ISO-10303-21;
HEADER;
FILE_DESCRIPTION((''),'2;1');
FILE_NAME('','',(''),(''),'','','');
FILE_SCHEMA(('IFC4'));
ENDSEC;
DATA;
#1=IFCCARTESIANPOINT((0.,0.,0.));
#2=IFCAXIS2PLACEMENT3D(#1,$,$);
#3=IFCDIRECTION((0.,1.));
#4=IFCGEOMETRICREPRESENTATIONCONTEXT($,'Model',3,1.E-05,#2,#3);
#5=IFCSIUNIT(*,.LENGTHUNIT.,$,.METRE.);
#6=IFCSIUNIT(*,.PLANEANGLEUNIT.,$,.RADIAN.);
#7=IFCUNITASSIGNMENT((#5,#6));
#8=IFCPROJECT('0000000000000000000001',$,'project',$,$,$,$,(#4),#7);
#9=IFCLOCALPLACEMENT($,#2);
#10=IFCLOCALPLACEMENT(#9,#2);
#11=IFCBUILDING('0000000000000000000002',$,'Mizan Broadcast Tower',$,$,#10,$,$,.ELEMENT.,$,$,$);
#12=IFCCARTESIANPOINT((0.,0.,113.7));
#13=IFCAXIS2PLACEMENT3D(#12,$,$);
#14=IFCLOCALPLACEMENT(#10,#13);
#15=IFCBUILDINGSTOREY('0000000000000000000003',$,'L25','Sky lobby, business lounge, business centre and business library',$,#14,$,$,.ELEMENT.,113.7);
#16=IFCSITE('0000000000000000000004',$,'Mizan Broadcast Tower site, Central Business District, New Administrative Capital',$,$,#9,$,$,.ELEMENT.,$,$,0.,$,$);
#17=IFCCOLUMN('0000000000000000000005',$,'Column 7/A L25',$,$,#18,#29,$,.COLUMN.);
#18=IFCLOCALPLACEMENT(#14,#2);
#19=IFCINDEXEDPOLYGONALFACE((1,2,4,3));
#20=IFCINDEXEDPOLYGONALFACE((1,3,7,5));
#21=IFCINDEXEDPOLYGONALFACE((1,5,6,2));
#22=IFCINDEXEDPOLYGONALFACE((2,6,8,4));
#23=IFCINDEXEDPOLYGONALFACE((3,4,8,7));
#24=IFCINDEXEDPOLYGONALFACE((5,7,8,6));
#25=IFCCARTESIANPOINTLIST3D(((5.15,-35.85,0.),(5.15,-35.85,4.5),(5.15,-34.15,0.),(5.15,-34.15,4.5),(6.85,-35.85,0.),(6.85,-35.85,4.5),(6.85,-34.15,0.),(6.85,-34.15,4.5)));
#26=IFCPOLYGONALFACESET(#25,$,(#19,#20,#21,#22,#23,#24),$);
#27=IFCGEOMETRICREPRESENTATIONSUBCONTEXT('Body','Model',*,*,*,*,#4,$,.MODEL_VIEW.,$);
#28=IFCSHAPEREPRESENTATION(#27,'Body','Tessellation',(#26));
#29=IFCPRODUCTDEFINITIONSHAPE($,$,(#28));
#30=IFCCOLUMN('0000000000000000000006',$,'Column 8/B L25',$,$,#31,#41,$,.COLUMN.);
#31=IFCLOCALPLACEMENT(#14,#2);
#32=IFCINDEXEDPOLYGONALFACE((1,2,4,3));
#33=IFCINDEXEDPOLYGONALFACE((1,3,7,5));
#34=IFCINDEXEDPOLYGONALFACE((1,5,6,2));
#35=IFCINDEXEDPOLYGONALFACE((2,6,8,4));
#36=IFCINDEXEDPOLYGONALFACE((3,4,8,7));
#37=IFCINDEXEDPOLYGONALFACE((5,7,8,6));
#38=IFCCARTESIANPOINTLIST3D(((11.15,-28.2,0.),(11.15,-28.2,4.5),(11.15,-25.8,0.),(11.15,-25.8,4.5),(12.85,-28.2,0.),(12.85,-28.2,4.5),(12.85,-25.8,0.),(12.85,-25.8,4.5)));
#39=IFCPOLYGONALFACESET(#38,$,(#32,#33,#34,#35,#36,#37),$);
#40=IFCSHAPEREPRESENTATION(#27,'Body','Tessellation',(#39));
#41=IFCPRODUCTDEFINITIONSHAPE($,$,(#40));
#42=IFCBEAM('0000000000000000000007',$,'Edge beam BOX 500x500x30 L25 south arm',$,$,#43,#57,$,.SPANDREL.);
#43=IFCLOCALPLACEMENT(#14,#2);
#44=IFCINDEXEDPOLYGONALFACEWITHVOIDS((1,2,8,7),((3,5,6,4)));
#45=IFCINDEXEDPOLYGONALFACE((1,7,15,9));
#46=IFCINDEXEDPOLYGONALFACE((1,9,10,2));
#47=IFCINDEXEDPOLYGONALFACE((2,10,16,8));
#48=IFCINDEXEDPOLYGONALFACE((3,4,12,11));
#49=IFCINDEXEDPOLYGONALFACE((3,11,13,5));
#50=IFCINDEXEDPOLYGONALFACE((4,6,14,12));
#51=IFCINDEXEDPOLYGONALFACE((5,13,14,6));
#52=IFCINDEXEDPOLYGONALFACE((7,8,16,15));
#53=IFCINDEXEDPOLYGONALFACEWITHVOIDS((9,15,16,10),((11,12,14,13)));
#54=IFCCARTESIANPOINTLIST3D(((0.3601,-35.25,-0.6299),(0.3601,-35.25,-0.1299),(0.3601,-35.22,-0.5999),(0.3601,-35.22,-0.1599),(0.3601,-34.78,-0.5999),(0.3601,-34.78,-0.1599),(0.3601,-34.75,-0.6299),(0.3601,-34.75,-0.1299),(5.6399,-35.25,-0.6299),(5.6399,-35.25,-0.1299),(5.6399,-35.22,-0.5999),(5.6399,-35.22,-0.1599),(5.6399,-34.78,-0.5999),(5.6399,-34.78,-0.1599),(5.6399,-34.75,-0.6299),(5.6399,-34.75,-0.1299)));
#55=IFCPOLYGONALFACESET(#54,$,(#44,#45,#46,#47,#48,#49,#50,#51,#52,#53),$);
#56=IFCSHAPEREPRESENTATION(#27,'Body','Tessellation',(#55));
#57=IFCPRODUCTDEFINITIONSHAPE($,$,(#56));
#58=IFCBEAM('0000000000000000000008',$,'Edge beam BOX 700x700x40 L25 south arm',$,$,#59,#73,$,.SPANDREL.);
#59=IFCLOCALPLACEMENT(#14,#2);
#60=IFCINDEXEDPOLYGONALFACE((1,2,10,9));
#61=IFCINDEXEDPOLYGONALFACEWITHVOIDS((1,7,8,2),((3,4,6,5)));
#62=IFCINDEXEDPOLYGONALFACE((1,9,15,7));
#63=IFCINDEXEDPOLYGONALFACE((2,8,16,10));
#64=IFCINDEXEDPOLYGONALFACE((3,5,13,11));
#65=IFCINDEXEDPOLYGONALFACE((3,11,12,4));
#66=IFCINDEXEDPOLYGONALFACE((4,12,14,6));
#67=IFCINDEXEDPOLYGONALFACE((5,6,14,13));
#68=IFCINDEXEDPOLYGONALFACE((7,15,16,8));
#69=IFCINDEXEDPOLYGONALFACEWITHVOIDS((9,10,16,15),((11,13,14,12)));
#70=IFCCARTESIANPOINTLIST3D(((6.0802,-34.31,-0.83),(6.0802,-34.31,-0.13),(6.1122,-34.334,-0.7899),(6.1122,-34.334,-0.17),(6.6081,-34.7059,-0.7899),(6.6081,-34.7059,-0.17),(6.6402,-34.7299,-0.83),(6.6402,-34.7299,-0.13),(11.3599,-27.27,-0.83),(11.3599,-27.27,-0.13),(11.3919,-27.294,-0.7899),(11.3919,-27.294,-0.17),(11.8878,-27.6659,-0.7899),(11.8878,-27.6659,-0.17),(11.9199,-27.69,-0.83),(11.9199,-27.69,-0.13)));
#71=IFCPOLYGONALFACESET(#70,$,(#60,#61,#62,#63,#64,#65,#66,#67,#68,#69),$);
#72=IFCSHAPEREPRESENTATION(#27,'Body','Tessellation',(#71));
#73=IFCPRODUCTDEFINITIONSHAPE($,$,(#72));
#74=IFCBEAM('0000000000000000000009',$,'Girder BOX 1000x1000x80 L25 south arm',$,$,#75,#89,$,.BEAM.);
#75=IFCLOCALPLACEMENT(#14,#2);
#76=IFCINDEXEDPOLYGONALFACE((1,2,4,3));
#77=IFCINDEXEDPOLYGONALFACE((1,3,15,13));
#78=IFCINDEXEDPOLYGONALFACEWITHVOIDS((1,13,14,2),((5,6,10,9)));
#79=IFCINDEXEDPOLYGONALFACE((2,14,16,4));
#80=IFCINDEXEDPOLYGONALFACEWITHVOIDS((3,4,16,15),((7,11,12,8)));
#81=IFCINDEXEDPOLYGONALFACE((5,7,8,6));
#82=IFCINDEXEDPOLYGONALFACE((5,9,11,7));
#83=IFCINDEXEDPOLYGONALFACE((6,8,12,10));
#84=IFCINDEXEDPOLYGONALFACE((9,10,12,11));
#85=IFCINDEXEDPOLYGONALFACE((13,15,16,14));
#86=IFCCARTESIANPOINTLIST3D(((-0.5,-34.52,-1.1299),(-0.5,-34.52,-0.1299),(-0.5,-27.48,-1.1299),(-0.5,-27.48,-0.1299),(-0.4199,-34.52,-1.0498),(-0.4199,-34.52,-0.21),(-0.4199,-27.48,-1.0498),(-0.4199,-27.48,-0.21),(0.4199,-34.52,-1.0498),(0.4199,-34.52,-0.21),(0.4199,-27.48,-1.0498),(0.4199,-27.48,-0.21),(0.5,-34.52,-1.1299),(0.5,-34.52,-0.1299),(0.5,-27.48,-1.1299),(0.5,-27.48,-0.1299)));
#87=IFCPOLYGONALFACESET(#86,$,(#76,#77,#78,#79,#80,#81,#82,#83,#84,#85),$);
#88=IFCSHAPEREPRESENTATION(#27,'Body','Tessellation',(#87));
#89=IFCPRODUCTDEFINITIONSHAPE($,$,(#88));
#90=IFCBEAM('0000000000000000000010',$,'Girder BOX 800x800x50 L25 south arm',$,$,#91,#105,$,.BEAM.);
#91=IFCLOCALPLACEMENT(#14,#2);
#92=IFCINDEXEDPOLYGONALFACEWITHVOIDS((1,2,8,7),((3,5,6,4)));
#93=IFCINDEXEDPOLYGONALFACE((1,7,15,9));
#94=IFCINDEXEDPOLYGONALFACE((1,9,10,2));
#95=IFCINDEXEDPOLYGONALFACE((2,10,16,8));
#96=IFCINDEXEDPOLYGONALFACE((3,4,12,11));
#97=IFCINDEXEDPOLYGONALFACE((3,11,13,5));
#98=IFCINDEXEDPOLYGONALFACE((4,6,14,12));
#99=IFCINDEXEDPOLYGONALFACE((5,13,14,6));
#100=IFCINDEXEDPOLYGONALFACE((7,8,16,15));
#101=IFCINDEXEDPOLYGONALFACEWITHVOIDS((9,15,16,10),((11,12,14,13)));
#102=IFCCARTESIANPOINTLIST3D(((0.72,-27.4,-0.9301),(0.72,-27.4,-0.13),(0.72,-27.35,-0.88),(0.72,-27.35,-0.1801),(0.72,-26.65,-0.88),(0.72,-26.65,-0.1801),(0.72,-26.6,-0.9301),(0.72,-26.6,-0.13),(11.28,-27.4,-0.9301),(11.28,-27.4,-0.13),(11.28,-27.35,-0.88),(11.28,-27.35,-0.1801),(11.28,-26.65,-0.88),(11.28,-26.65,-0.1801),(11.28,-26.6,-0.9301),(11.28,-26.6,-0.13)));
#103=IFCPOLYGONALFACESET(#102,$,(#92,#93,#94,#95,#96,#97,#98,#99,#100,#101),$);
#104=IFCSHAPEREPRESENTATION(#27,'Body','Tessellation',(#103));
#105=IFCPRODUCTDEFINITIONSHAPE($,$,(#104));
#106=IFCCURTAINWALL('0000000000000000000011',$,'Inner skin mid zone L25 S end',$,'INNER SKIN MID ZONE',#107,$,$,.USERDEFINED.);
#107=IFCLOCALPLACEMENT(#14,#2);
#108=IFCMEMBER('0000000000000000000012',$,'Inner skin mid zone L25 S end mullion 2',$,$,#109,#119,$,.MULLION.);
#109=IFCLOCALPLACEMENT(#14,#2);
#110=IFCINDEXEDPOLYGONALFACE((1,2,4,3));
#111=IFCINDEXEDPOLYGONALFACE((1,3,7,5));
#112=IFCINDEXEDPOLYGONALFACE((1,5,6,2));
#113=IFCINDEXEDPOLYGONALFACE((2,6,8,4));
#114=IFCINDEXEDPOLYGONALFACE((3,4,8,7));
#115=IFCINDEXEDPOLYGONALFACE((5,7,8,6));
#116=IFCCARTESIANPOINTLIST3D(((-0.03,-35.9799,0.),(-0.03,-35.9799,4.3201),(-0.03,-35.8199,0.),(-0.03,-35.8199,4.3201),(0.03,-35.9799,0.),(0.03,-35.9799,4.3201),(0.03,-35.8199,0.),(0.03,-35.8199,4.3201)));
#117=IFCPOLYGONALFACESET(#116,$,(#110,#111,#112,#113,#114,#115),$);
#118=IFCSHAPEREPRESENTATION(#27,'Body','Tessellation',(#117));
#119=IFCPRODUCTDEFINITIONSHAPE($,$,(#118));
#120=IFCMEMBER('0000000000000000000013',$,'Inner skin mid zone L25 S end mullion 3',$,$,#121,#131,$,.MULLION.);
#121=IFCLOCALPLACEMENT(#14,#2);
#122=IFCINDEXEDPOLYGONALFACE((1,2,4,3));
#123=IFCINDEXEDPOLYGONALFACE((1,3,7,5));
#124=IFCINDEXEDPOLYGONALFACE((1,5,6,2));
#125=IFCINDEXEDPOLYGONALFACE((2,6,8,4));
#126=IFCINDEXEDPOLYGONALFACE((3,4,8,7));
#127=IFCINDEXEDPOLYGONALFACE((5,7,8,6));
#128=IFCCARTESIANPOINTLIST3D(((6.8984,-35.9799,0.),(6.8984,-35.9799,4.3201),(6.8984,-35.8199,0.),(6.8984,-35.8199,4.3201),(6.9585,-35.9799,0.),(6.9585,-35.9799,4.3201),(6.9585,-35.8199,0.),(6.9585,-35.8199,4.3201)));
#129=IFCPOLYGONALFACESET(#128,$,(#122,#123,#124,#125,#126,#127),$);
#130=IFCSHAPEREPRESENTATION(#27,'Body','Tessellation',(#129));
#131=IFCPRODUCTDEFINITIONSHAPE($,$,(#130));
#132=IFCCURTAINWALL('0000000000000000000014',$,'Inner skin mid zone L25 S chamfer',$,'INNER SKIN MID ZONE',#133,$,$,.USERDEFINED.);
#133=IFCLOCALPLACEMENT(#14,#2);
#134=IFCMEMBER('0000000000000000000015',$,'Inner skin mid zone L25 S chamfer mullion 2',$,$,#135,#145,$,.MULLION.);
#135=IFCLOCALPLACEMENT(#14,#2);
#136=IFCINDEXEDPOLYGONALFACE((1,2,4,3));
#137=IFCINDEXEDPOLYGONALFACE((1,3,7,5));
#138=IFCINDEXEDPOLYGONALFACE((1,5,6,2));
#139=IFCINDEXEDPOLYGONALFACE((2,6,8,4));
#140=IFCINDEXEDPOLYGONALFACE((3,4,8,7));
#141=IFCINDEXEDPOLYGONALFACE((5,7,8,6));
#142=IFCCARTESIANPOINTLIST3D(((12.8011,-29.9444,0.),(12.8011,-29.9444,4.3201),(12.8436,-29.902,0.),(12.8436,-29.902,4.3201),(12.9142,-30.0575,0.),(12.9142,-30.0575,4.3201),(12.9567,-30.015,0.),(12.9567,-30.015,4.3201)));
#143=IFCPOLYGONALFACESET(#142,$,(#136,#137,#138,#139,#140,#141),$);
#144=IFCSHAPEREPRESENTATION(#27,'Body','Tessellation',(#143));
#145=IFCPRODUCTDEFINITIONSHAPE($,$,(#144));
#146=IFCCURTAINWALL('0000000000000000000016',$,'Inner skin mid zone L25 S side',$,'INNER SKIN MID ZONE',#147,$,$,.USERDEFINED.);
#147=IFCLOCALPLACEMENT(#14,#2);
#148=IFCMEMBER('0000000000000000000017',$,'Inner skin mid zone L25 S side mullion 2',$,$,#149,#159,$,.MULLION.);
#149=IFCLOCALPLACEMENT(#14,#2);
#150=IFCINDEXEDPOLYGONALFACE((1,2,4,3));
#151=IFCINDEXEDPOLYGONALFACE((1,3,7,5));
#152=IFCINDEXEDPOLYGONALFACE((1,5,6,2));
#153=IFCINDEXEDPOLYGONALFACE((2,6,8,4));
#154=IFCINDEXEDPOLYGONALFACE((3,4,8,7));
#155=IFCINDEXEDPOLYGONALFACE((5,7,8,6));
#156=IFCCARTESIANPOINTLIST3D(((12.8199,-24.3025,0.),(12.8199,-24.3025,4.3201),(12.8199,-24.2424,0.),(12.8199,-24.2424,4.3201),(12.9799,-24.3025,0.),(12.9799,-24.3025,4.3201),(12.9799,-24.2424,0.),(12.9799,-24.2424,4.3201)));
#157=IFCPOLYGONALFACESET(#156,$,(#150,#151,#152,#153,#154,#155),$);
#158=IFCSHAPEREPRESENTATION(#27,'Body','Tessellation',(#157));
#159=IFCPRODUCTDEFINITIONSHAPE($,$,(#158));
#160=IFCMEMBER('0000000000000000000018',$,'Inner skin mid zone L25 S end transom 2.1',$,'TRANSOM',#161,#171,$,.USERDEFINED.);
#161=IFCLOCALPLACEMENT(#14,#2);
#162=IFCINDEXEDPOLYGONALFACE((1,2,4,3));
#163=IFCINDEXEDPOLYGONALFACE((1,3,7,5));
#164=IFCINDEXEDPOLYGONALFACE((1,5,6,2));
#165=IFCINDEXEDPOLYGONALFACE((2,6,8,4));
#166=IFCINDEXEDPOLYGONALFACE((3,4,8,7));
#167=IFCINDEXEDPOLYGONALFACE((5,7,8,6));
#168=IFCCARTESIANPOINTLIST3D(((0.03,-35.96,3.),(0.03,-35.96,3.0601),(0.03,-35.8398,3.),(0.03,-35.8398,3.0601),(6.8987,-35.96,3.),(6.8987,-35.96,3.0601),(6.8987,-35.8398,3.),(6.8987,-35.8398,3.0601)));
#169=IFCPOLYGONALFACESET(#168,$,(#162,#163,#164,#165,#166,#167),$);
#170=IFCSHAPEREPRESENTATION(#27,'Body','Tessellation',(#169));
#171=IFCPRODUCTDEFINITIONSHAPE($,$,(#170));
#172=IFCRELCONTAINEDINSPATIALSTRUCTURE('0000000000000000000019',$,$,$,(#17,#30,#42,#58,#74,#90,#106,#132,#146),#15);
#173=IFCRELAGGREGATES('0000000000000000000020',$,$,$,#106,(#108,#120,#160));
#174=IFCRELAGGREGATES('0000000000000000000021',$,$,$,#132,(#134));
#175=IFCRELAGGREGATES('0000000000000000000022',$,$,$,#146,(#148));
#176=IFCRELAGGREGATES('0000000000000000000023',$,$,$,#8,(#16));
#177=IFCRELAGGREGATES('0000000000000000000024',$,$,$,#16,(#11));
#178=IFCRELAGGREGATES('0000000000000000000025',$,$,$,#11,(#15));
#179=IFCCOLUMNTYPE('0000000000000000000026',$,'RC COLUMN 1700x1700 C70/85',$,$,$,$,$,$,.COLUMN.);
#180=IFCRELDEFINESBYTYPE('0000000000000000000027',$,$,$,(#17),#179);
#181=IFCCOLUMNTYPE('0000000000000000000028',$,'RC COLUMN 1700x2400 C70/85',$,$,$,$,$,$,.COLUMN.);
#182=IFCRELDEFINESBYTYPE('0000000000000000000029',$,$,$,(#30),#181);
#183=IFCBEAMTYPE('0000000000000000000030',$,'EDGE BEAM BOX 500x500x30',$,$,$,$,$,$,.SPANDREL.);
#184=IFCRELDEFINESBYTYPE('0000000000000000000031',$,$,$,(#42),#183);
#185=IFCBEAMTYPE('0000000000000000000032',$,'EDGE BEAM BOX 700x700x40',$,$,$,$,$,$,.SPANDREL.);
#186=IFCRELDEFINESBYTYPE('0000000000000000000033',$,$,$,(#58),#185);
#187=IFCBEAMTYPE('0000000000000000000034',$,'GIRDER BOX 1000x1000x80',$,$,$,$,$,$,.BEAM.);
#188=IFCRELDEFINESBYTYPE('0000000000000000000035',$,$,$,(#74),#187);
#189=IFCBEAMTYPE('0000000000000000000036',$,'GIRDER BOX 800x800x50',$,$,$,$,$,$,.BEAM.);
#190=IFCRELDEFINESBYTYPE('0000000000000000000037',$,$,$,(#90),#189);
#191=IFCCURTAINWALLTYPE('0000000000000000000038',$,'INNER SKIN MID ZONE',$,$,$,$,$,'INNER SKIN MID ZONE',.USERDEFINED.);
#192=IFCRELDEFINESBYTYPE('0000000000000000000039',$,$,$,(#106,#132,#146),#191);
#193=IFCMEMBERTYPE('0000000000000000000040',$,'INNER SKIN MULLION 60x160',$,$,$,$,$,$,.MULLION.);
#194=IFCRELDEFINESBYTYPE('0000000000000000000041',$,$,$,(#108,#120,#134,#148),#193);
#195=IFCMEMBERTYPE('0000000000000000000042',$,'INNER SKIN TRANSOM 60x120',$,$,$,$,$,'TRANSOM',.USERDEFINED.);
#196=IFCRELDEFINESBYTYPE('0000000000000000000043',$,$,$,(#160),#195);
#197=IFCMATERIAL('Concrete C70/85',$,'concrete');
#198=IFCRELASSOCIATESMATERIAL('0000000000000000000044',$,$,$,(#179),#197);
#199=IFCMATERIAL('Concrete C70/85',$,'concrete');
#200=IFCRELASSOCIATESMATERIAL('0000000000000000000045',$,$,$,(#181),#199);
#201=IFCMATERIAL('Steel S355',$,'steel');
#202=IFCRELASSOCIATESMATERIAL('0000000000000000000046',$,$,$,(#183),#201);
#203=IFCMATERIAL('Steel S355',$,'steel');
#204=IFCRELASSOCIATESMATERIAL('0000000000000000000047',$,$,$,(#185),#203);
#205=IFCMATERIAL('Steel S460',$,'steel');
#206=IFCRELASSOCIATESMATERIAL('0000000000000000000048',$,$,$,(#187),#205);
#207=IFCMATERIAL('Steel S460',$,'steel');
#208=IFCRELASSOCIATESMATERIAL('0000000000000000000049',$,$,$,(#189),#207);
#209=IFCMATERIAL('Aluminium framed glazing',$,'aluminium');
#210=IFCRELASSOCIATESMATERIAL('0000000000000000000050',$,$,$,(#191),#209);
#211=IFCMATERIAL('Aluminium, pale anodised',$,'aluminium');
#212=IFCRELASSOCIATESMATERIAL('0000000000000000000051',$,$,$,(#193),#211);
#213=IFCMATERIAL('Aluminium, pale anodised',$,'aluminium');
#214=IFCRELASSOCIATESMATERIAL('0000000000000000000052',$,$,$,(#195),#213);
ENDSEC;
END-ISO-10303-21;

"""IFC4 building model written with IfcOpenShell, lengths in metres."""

from ifc_helpers import new_model, si_unit, direction, frame, origin, origin_2d, place, context, subcontext, project, spatial, rectangle, hollow_rectangle, extrude, material, material_profile, profile_set, type_object, element, aggregate, save


model = new_model("IFC4")

# Units and contexts
model_context = context("Model", 3, precision=1e-05, world=origin(), true_north=direction((0.0, 1.0)))
body_context = subcontext(model_context, "Body", "Model", "MODEL_VIEW")
ifc_project = project(units=[si_unit("LENGTHUNIT", "METRE"), si_unit("PLANEANGLEUNIT", "RADIAN")], contexts=[model_context])

# Site, building, storey
site_placement = place(None, origin())
site = spatial("IfcSite", under=ifc_project, at=site_placement, Name="Mizan Broadcast Tower site, Central Business District, New Administrative Capital", CompositionType="ELEMENT", RefElevation=0.0)
building_placement = place(site_placement, origin())
building = spatial("IfcBuilding", under=site, at=building_placement, Name="Mizan Broadcast Tower", CompositionType="ELEMENT")
storey_placement = place(building_placement, frame((0.0, 0.0, 113.7)))
storey = spatial("IfcBuildingStorey", under=building, at=storey_placement, Name="L25", Description="Sky lobby, business lounge, business centre and business library", CompositionType="ELEMENT", Elevation=113.7)

# Columns
ifc_material_1 = material(Name="Concrete C70/85", Category="concrete")
ifc_material_profile_1 = material_profile(ifc_material_1, rectangle(XDim=1.7, YDim=1.7, at=origin_2d()), Name="RC 1700x1700")
ifc_profile_set_1 = profile_set([ifc_material_profile_1], Name="Concrete C70/85")
column_type_1 = type_object("IfcColumnType", Name="RC COLUMN 1700x1700 C70/85", PredefinedType="COLUMN", material=ifc_profile_set_1)
column_1_placement = place(storey_placement, frame((6.0, -35.0, 0.0), z_axis=(0.0, 0.0, 1.0), x_axis=(1.0, 0.0, 0.0)))
element("IfcColumn", 1, at=column_1_placement, inside=storey, type_object=column_type_1, Name="Column 7/A L25", PredefinedType="COLUMN", context=body_context, shape_type="SweptSolid", body=[
    extrude(rectangle(XDim=1.7, YDim=1.7, at=origin_2d()), origin(), (0.0, 0.0, 1.0), 4.5),
])
ifc_material_2 = material(Name="Concrete C70/85", Category="concrete")
ifc_material_profile_2 = material_profile(ifc_material_2, rectangle(XDim=1.7, YDim=2.3999, at=origin_2d()), Name="RC 1700x2400")
ifc_profile_set_2 = profile_set([ifc_material_profile_2], Name="Concrete C70/85")
column_type_2 = type_object("IfcColumnType", Name="RC COLUMN 1700x2400 C70/85", PredefinedType="COLUMN", material=ifc_profile_set_2)
column_2_placement = place(storey_placement, frame((12.0, -27.0, 0.0), z_axis=(0.0, 0.0, 1.0), x_axis=(1.0, 0.0, 0.0)))
element("IfcColumn", 2, at=column_2_placement, inside=storey, type_object=column_type_2, Name="Column 8/B L25", PredefinedType="COLUMN", context=body_context, shape_type="SweptSolid", body=[
    extrude(rectangle(XDim=1.7, YDim=2.3999, at=origin_2d()), origin(), (0.0, 0.0, 1.0), 4.5),
])

# Beams
ifc_material_3 = material(Name="Steel S355", Category="steel")
ifc_material_profile_3 = material_profile(ifc_material_3, hollow_rectangle(XDim=0.5, YDim=0.5, WallThickness=0.03, at=origin_2d()), Name="BOX 500x500x30")
ifc_profile_set_3 = profile_set([ifc_material_profile_3], Name="Steel S355")
beam_type_1 = type_object("IfcBeamType", Name="EDGE BEAM BOX 500x500x30", PredefinedType="SPANDREL", material=ifc_profile_set_3)
beam_1_placement = place(storey_placement, frame((5.6399, -35.0, -0.3799), z_axis=(-1.0, 0.0, 0.0), x_axis=(0.0, -1.0, 0.0)))
element("IfcBeam", 3, at=beam_1_placement, inside=storey, type_object=beam_type_1, Name="Edge beam BOX 500x500x30 L25 south arm", PredefinedType="SPANDREL", context=body_context, shape_type="SweptSolid", body=[
    extrude(hollow_rectangle(XDim=0.5, YDim=0.5, WallThickness=0.03, at=origin_2d()), origin(), (0.0, 0.0, 1.0), 5.2798),
])
ifc_material_4 = material(Name="Steel S355", Category="steel")
ifc_material_profile_4 = material_profile(ifc_material_4, hollow_rectangle(XDim=0.7, YDim=0.7, WallThickness=0.04, at=origin_2d()), Name="BOX 700x700x40")
ifc_profile_set_4 = profile_set([ifc_material_profile_4], Name="Steel S355")
beam_type_2 = type_object("IfcBeamType", Name="EDGE BEAM BOX 700x700x40", PredefinedType="SPANDREL", material=ifc_profile_set_4)
beam_2_placement = place(storey_placement, frame((11.6399, -27.48, -0.48), z_axis=(-0.599982, -0.800013, 0.0), x_axis=(0.800013, -0.599982, 0.0)))
element("IfcBeam", 4, at=beam_2_placement, inside=storey, type_object=beam_type_2, Name="Edge beam BOX 700x700x40 L25 south arm", PredefinedType="SPANDREL", context=body_context, shape_type="SweptSolid", body=[
    extrude(hollow_rectangle(XDim=0.7, YDim=0.7, WallThickness=0.04, at=origin_2d()), origin(), (0.0, 0.0, 1.0), 8.7998),
])
ifc_material_5 = material(Name="Steel S460", Category="steel")
ifc_material_profile_5 = material_profile(ifc_material_5, hollow_rectangle(XDim=1.0, YDim=1.0, WallThickness=0.0801, at=origin_2d()), Name="BOX 1000x1000x80")
ifc_profile_set_5 = profile_set([ifc_material_profile_5], Name="Steel S460")
beam_type_3 = type_object("IfcBeamType", Name="GIRDER BOX 1000x1000x80", PredefinedType="BEAM", material=ifc_profile_set_5)
beam_3_placement = place(storey_placement, frame((0.0, -27.48, -0.6299), z_axis=(0.0, -1.0, 0.0), x_axis=(1.0, 0.0, 0.0)))
element("IfcBeam", 5, at=beam_3_placement, inside=storey, type_object=beam_type_3, Name="Girder BOX 1000x1000x80 L25 south arm", PredefinedType="BEAM", context=body_context, shape_type="SweptSolid", body=[
    extrude(hollow_rectangle(XDim=1.0, YDim=1.0, WallThickness=0.0801, at=origin_2d()), origin(), (0.0, 0.0, 1.0), 7.04),
])
ifc_material_6 = material(Name="Steel S460", Category="steel")
ifc_material_profile_6 = material_profile(ifc_material_6, hollow_rectangle(XDim=0.8, YDim=0.8, WallThickness=0.05, at=origin_2d()), Name="BOX 800x800x50")
ifc_profile_set_6 = profile_set([ifc_material_profile_6], Name="Steel S460")
beam_type_4 = type_object("IfcBeamType", Name="GIRDER BOX 800x800x50", PredefinedType="BEAM", material=ifc_profile_set_6)
beam_4_placement = place(storey_placement, frame((11.28, -27.0, -0.53), z_axis=(-1.0, 0.0, 0.0), x_axis=(0.0, -1.0, 0.0)))
element("IfcBeam", 6, at=beam_4_placement, inside=storey, type_object=beam_type_4, Name="Girder BOX 800x800x50 L25 south arm", PredefinedType="BEAM", context=body_context, shape_type="SweptSolid", body=[
    extrude(hollow_rectangle(XDim=0.8, YDim=0.8, WallThickness=0.05, at=origin_2d()), origin(), (0.0, 0.0, 1.0), 10.5601),
])

# Curtain wall, members
ifc_material_7 = material(Name="Aluminium framed glazing", Category="aluminium")
curtain_wall_type_1 = type_object("IfcCurtainWallType", Name="INNER SKIN MID ZONE", ElementType="INNER SKIN MID ZONE", PredefinedType="USERDEFINED", material=ifc_material_7)
curtain_wall_1_placement = place(storey_placement, origin())
curtain_wall_1 = element("IfcCurtainWall", 7, at=curtain_wall_1_placement, inside=storey, type_object=curtain_wall_type_1, Name="Inner skin mid zone L25 S end", ObjectType="INNER SKIN MID ZONE", PredefinedType="USERDEFINED")
ifc_material_8 = material(Name="Aluminium, pale anodised", Category="aluminium")
ifc_material_profile_7 = material_profile(ifc_material_8, rectangle(XDim=0.1599, YDim=0.0601, at=origin_2d()), Name="MULLION 160x60")
ifc_profile_set_7 = profile_set([ifc_material_profile_7], Name="Aluminium, pale anodised")
member_type_1 = type_object("IfcMemberType", Name="INNER SKIN MULLION 60x160", PredefinedType="MULLION", material=ifc_profile_set_7)
member_1_placement = place(storey_placement, frame((0.0, -35.8999, 0.0), z_axis=(0.0, 0.0, 1.0), x_axis=(0.0, 1.0, 0.0)))
member_1 = element("IfcMember", 8, at=member_1_placement, type_object=member_type_1, Name="Inner skin mid zone L25 S end mullion 2", PredefinedType="MULLION", context=body_context, shape_type="SweptSolid", body=[
    extrude(rectangle(XDim=0.1599, YDim=0.0601, at=origin_2d()), origin(), (0.0, 0.0, 1.0), 4.3201),
])
member_2_placement = place(storey_placement, frame((6.9285, -35.8999, 0.0), z_axis=(0.0, 0.0, 1.0), x_axis=(0.0, 1.0, 0.0)))
member_2 = element("IfcMember", 9, at=member_2_placement, type_object=member_type_1, Name="Inner skin mid zone L25 S end mullion 3", PredefinedType="MULLION", context=body_context, shape_type="SweptSolid", body=[
    extrude(rectangle(XDim=0.1599, YDim=0.0601, at=origin_2d()), origin(), (0.0, 0.0, 1.0), 4.3201),
])

# Curtain walls, members
curtain_wall_2_placement = place(storey_placement, origin())
curtain_wall_2 = element("IfcCurtainWall", 10, at=curtain_wall_2_placement, inside=storey, type_object=curtain_wall_type_1, Name="Inner skin mid zone L25 S chamfer", ObjectType="INNER SKIN MID ZONE", PredefinedType="USERDEFINED")
member_3_placement = place(storey_placement, frame((12.8789, -29.9797, 0.0), z_axis=(0.0, 0.0, 1.0), x_axis=(-0.707107, 0.707107, 0.0)))
member_3 = element("IfcMember", 11, at=member_3_placement, type_object=member_type_1, Name="Inner skin mid zone L25 S chamfer mullion 2", PredefinedType="MULLION", context=body_context, shape_type="SweptSolid", body=[
    extrude(rectangle(XDim=0.1599, YDim=0.0601, at=origin_2d()), origin(), (0.0, 0.0, 1.0), 4.3201),
])
curtain_wall_3_placement = place(storey_placement, origin())
curtain_wall_3 = element("IfcCurtainWall", 12, at=curtain_wall_3_placement, inside=storey, type_object=curtain_wall_type_1, Name="Inner skin mid zone L25 S side", ObjectType="INNER SKIN MID ZONE", PredefinedType="USERDEFINED")
member_4_placement = place(storey_placement, frame((12.8999, -24.2725, 0.0), z_axis=(0.0, 0.0, 1.0), x_axis=(-1.0, 0.0, 0.0)))
member_4 = element("IfcMember", 13, at=member_4_placement, type_object=member_type_1, Name="Inner skin mid zone L25 S side mullion 2", PredefinedType="MULLION", context=body_context, shape_type="SweptSolid", body=[
    extrude(rectangle(XDim=0.1599, YDim=0.0601, at=origin_2d()), origin(), (0.0, 0.0, 1.0), 4.3201),
])

# Member
ifc_material_9 = material(Name="Aluminium, pale anodised", Category="aluminium")
ifc_material_profile_8 = material_profile(ifc_material_9, rectangle(XDim=0.1201, YDim=0.0601, at=origin_2d()), Name="TRANSOM 120x60")
ifc_profile_set_8 = profile_set([ifc_material_profile_8], Name="Aluminium, pale anodised")
member_type_2 = type_object("IfcMemberType", Name="INNER SKIN TRANSOM 60x120", ElementType="TRANSOM", PredefinedType="USERDEFINED", material=ifc_profile_set_8)
member_5_placement = place(storey_placement, frame((0.03, -35.8999, 3.03), z_axis=(1.0, 0.0, 0.0), x_axis=(0.0, 1.0, 0.0)))
member_5 = element("IfcMember", 14, at=member_5_placement, type_object=member_type_2, Name="Inner skin mid zone L25 S end transom 2.1", ObjectType="TRANSOM", PredefinedType="USERDEFINED", context=body_context, shape_type="SweptSolid", body=[
    extrude(rectangle(XDim=0.1201, YDim=0.0601, at=origin_2d()), origin(), (0.0, 0.0, 1.0), 6.8687),
])

aggregate(curtain_wall_1, [member_1, member_2, member_5])
aggregate(curtain_wall_2, [member_3])
aggregate(curtain_wall_3, [member_4])

save(model, "model.ifc")
